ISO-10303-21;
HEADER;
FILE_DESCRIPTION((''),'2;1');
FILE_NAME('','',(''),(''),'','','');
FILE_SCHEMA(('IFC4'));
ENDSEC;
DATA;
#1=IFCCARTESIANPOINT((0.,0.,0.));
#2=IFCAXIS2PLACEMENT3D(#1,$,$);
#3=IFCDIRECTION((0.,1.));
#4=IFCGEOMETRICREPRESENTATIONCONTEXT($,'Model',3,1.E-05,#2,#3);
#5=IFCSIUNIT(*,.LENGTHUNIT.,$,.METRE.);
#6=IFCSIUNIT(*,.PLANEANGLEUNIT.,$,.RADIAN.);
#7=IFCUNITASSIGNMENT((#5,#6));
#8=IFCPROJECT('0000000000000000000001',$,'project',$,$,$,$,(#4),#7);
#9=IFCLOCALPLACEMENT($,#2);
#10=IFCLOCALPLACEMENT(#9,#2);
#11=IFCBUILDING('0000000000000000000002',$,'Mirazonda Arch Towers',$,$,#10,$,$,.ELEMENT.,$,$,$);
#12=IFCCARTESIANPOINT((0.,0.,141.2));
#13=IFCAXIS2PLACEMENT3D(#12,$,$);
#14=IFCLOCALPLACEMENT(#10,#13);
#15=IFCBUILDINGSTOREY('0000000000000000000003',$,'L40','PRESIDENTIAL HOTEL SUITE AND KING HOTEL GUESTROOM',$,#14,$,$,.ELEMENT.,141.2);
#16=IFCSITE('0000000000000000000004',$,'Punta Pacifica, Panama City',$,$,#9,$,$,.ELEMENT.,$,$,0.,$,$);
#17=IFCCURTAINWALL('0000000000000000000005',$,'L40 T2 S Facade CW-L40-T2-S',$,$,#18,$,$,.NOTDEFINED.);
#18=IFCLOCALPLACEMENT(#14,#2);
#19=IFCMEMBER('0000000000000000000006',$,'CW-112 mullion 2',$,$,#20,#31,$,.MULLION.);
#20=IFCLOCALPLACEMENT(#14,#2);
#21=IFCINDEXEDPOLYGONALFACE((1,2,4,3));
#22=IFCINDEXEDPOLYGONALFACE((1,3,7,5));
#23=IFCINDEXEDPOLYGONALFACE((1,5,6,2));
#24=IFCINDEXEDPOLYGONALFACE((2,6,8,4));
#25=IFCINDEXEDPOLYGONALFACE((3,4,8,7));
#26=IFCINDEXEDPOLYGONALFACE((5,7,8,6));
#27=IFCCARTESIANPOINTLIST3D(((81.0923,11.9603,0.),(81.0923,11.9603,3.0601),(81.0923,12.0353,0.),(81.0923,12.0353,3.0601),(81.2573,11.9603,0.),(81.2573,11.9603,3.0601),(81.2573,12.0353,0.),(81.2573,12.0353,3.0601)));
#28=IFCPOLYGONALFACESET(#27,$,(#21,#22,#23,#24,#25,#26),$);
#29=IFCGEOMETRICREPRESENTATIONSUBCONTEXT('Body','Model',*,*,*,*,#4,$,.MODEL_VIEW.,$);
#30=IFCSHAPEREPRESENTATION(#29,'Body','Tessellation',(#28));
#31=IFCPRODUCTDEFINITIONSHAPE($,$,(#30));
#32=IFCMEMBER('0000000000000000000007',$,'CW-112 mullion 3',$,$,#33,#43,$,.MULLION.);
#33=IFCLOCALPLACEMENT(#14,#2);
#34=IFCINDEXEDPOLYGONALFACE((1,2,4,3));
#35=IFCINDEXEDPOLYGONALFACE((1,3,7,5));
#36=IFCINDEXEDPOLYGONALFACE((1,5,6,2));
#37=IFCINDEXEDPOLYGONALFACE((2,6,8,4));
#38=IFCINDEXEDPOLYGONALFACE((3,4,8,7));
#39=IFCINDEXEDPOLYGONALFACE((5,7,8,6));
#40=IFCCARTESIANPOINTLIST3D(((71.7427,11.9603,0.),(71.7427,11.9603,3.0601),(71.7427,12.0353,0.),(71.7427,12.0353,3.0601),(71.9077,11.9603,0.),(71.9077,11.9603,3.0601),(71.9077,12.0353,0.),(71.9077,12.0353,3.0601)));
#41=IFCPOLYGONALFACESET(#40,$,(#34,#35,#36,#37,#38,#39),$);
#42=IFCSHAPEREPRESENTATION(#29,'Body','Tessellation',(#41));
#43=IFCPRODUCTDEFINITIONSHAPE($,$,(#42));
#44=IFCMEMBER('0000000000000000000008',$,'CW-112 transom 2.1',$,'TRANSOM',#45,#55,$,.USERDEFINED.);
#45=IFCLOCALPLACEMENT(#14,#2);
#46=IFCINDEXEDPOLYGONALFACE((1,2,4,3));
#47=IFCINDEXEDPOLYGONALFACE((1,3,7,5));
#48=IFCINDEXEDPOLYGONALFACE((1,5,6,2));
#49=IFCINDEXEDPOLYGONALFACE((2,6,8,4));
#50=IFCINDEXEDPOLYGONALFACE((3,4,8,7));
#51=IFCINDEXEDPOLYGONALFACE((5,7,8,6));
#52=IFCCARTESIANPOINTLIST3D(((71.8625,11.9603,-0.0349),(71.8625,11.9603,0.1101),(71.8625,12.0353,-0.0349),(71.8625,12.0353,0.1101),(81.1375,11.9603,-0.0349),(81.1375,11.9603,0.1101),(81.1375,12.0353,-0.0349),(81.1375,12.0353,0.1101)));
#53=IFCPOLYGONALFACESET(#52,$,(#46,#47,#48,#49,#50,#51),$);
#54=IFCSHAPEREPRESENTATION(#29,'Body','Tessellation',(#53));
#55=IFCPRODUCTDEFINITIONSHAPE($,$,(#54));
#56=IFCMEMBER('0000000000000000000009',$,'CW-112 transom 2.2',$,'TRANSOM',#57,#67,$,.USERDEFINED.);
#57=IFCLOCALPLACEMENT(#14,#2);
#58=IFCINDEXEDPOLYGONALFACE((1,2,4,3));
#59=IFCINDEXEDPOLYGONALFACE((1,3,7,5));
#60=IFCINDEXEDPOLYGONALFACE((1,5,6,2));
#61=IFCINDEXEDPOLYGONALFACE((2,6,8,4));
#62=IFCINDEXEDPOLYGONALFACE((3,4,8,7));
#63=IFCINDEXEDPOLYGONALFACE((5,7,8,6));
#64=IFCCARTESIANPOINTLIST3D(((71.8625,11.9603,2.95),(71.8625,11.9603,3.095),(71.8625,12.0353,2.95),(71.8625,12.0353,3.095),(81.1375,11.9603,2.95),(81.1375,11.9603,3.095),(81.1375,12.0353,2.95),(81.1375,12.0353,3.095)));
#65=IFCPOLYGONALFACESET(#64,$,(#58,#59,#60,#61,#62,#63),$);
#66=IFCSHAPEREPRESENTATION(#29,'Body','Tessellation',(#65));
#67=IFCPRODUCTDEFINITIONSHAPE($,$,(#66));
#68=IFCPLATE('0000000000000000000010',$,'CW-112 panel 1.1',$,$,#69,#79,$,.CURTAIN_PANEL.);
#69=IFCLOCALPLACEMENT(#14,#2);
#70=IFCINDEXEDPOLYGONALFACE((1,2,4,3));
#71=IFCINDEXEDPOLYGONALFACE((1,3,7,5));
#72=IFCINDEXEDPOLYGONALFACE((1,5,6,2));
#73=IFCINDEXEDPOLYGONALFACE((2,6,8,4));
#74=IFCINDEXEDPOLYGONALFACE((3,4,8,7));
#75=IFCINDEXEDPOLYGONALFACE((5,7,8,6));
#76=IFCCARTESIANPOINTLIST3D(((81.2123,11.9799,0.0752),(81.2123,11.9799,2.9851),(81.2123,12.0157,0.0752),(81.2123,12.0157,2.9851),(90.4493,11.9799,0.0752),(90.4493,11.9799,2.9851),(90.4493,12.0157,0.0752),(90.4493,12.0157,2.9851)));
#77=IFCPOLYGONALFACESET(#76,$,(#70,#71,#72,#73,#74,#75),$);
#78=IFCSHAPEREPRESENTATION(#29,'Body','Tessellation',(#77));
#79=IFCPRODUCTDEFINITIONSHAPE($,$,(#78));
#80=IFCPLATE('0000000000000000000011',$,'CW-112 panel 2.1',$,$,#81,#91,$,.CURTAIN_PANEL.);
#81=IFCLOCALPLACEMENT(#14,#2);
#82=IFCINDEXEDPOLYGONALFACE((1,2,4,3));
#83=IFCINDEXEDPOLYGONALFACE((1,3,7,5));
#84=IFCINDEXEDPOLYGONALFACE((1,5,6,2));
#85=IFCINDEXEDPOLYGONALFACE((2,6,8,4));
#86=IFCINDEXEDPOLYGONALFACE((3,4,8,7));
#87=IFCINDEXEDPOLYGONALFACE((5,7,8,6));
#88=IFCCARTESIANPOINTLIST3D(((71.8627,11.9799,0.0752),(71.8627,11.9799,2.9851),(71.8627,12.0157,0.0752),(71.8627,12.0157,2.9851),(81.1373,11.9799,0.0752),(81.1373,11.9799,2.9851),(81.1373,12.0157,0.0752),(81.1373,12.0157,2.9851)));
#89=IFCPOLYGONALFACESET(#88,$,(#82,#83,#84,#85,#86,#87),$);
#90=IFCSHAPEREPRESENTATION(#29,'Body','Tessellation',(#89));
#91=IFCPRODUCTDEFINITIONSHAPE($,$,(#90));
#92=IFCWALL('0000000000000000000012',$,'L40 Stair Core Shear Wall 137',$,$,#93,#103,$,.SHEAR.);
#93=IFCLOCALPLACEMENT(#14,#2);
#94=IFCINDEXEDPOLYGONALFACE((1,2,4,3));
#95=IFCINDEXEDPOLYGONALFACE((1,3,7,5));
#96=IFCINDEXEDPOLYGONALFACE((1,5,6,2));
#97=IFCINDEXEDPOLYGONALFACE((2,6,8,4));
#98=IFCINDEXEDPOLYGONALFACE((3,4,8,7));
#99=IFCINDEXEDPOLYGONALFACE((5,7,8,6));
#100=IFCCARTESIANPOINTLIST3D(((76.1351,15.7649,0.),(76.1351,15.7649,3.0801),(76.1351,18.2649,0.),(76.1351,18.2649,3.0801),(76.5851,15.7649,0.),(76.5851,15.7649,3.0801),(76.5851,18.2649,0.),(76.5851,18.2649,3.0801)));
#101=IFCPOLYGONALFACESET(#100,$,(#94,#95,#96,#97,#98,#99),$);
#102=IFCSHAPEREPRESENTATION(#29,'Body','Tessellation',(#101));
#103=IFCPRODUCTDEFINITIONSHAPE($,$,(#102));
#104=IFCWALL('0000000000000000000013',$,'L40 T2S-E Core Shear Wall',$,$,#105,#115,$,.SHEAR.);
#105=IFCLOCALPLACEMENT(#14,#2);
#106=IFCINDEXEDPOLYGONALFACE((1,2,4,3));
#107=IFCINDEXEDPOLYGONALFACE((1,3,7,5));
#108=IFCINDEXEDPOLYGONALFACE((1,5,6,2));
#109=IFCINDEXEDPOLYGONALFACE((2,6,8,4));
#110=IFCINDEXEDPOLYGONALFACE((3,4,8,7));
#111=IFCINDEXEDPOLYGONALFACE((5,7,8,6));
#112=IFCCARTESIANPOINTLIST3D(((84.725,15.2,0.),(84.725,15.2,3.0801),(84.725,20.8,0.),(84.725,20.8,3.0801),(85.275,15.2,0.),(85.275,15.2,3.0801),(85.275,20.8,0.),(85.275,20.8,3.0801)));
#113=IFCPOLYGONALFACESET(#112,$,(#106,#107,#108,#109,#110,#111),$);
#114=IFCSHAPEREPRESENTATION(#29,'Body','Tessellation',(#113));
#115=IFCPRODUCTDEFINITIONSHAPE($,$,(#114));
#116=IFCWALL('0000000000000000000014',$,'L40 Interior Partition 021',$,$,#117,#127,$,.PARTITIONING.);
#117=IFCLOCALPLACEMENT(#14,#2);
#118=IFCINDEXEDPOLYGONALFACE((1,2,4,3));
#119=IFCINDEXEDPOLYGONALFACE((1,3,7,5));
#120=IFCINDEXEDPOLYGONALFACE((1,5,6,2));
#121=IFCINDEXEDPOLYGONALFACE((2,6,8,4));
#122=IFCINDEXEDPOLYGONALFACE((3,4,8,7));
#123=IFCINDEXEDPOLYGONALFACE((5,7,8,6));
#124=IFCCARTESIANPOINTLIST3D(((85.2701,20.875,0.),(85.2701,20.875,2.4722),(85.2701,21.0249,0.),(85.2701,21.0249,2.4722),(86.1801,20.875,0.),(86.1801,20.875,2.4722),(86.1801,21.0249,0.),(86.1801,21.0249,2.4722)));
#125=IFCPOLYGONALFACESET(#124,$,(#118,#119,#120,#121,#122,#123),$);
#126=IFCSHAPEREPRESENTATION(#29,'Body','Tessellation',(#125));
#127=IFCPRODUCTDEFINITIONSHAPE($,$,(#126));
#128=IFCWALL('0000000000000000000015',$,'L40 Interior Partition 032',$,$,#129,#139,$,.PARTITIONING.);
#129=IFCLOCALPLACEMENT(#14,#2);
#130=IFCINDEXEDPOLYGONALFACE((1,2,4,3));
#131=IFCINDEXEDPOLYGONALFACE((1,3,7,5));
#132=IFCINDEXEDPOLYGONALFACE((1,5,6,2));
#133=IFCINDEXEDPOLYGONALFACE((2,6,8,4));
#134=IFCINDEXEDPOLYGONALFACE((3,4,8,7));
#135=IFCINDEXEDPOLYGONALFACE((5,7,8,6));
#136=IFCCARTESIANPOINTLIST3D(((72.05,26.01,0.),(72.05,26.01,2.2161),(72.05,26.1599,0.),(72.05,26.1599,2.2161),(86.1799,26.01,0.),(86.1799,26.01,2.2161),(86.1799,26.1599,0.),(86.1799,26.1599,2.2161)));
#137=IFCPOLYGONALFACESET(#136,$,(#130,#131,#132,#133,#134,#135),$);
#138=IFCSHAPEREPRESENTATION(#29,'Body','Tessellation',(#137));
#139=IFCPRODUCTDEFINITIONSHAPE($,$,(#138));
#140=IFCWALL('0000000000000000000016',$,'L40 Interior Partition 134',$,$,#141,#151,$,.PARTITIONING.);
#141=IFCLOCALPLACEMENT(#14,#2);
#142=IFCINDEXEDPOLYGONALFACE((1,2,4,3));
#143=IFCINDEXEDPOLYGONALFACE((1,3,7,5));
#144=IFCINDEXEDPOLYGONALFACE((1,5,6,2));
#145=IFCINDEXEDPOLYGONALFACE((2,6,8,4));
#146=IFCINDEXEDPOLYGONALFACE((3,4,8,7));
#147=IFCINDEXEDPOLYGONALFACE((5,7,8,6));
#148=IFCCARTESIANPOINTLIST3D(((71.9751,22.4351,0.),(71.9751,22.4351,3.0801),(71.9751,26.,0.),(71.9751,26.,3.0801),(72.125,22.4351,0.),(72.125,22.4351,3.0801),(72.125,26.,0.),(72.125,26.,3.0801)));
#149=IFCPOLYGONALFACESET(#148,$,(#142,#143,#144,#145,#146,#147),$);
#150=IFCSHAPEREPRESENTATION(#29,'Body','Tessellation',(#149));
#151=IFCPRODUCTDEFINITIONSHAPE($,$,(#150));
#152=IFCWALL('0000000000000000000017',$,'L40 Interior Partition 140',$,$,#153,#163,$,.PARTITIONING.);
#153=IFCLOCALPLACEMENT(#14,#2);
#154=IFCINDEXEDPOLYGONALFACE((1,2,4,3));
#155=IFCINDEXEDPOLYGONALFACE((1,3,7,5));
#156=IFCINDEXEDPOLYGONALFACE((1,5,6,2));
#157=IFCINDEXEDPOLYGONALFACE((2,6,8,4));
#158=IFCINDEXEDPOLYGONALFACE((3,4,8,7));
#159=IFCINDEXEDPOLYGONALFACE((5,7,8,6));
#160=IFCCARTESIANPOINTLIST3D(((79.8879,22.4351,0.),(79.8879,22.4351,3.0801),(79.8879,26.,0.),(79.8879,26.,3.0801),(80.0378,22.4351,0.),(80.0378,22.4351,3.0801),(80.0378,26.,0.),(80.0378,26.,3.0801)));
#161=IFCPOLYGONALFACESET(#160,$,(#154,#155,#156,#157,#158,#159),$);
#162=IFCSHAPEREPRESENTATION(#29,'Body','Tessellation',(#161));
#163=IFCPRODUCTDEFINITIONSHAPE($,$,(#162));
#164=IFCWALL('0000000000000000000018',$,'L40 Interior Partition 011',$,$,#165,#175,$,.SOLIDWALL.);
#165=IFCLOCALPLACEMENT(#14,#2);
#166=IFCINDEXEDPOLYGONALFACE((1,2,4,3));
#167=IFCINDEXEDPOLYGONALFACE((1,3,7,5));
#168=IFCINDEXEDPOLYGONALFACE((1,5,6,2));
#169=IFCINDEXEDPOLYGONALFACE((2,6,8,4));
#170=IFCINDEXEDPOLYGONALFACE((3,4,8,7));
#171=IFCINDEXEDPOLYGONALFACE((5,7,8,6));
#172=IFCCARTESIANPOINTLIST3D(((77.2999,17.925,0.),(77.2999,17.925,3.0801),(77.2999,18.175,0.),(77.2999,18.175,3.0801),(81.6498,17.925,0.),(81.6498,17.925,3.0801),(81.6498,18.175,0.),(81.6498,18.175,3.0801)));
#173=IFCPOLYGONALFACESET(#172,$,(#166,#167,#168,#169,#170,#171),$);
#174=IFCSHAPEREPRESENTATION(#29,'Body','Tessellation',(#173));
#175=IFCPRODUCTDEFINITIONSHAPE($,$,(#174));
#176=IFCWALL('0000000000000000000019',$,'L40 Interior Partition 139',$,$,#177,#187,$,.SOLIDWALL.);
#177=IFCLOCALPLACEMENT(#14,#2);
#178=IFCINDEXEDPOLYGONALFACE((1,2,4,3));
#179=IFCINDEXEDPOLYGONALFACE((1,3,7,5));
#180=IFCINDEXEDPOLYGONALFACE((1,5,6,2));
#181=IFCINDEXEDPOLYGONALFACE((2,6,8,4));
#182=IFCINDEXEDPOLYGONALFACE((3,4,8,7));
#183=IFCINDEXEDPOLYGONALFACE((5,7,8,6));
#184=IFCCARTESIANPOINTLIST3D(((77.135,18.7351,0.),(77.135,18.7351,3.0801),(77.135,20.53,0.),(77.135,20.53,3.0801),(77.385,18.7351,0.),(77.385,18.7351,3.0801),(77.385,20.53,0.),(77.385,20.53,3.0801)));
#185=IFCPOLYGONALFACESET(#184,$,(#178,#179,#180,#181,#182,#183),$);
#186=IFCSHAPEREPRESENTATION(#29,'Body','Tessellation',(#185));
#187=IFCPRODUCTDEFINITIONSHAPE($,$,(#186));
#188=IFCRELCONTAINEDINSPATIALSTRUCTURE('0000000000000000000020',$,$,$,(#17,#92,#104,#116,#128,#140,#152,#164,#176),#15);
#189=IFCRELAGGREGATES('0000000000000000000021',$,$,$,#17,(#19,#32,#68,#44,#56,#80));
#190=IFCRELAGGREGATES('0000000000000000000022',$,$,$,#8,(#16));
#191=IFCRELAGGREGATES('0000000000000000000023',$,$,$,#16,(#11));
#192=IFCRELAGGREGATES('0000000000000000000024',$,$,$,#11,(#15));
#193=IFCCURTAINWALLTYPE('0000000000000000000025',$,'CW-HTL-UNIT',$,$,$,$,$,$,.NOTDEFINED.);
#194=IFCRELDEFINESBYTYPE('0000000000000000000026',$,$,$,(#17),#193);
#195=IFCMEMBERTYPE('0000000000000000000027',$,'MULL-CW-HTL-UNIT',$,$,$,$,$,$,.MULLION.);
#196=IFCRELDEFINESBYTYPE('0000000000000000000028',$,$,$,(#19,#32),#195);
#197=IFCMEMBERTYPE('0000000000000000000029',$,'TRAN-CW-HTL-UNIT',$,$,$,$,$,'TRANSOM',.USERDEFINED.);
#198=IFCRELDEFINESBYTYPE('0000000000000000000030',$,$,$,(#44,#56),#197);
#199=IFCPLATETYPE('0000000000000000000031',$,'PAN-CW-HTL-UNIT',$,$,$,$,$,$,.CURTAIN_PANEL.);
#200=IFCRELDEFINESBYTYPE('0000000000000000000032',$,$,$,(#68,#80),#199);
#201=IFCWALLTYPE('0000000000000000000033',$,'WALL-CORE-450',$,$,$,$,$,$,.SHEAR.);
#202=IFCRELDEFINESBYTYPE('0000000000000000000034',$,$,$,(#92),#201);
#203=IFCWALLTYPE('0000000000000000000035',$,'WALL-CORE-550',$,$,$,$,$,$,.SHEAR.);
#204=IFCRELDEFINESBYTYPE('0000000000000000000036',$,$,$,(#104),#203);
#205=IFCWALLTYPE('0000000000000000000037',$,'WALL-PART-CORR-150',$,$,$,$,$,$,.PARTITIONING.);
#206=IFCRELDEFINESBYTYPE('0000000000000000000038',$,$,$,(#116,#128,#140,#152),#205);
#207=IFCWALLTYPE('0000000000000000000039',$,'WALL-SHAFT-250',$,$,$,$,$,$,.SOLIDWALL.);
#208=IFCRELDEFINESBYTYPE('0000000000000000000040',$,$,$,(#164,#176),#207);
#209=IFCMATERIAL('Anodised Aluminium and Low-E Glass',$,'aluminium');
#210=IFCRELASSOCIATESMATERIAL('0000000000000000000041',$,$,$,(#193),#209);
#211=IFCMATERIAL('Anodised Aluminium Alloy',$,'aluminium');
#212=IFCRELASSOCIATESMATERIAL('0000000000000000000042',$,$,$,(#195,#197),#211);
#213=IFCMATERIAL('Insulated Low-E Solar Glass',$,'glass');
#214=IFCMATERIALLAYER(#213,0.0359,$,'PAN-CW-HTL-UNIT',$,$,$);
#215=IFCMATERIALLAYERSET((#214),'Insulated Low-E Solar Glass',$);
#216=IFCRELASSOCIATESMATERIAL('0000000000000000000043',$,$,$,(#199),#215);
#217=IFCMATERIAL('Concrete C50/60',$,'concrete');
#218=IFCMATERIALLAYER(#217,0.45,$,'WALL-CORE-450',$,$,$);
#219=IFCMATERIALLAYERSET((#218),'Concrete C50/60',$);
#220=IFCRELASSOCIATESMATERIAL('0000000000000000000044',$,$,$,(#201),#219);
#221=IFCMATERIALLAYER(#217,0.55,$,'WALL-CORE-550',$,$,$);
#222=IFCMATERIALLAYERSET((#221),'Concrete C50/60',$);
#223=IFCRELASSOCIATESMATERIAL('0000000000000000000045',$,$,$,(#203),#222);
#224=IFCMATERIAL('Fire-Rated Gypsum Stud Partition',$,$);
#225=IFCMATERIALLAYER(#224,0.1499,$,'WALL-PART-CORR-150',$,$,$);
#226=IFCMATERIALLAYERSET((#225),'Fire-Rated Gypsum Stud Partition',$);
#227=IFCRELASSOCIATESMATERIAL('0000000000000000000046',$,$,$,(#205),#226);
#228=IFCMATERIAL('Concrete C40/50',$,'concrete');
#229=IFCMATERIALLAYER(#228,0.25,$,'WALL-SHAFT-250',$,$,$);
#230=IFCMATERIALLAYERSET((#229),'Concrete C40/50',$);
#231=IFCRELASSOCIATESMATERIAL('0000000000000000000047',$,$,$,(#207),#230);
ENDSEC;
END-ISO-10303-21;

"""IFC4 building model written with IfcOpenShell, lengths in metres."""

from ifc_helpers import new_model, si_unit, direction, frame, frame_2d, origin, origin_2d, place, context, subcontext, project, spatial, rectangle, extrude, material, layer, layer_set, material_profile, profile_set, type_object, element, aggregate, save


model = new_model("IFC4")

# Units and contexts
model_context = context("Model", 3, precision=1e-05, world=origin(), true_north=direction((0.0, 1.0)))
body_context = subcontext(model_context, "Body", "Model", "MODEL_VIEW")
ifc_project = project(units=[si_unit("LENGTHUNIT", "METRE"), si_unit("PLANEANGLEUNIT", "RADIAN")], contexts=[model_context])

# Site, building, storey
site_placement = place(None, origin())
site = spatial("IfcSite", under=ifc_project, at=site_placement, Name="Punta Pacifica, Panama City", CompositionType="ELEMENT", RefElevation=0.0)
building_placement = place(site_placement, origin())
building = spatial("IfcBuilding", under=site, at=building_placement, Name="Mirazonda Arch Towers", CompositionType="ELEMENT")
storey_placement = place(building_placement, frame((0.0, 0.0, 141.2)))
storey = spatial("IfcBuildingStorey", under=building, at=storey_placement, Name="L40", Description="PRESIDENTIAL HOTEL SUITE AND KING HOTEL GUESTROOM", CompositionType="ELEMENT", Elevation=141.2)

# Shared definitions
ifc_material_1 = material(Name="Concrete C50/60", Category="concrete")

# Curtain wall, members, plates
ifc_material_2 = material(Name="Anodised Aluminium and Low-E Glass", Category="aluminium")
curtain_wall_type = type_object("IfcCurtainWallType", Name="CW-HTL-UNIT", PredefinedType="NOTDEFINED", material=ifc_material_2)
curtain_wall_placement = place(storey_placement, origin())
curtain_wall = element("IfcCurtainWall", 1, at=curtain_wall_placement, inside=storey, type_object=curtain_wall_type, Name="L40 T2 S Facade CW-L40-T2-S", PredefinedType="NOTDEFINED")
ifc_material_3 = material(Name="Anodised Aluminium Alloy", Category="aluminium")
ifc_material_profile_1 = material_profile(ifc_material_3, rectangle(XDim=0.075, YDim=0.165, at=origin_2d()), Name="ALU-MULL-75x165")
ifc_profile_set_1 = profile_set([ifc_material_profile_1], Name="Anodised Aluminium Alloy")
member_type_1 = type_object("IfcMemberType", Name="MULL-CW-HTL-UNIT", PredefinedType="MULLION", material=ifc_profile_set_1)
member_1_placement = place(storey_placement, frame((81.1748, 11.9978, 0.0), z_axis=(0.0, 0.0, 1.0), x_axis=(0.0, -1.0, 0.0)))
member_1 = element("IfcMember", 2, at=member_1_placement, type_object=member_type_1, Name="CW-112 mullion 2", PredefinedType="MULLION", context=body_context, shape_type="SweptSolid", body=[
    extrude(rectangle(XDim=0.075, YDim=0.165, at=origin_2d()), origin(), (0.0, 0.0, 1.0), 3.0601),
])
member_2_placement = place(storey_placement, frame((71.8252, 11.9978, 0.0), z_axis=(0.0, 0.0, 1.0), x_axis=(0.0, -1.0, 0.0)))
member_2 = element("IfcMember", 3, at=member_2_placement, type_object=member_type_1, Name="CW-112 mullion 3", PredefinedType="MULLION", context=body_context, shape_type="SweptSolid", body=[
    extrude(rectangle(XDim=0.075, YDim=0.165, at=origin_2d()), origin(), (0.0, 0.0, 1.0), 3.0601),
])
ifc_material_profile_2 = material_profile(ifc_material_3, rectangle(XDim=0.075, YDim=0.145, at=origin_2d()), Name="ALU-TRAN-75x145")
ifc_profile_set_2 = profile_set([ifc_material_profile_2], Name="Anodised Aluminium Alloy")
member_type_2 = type_object("IfcMemberType", Name="TRAN-CW-HTL-UNIT", ElementType="TRANSOM", PredefinedType="USERDEFINED", material=ifc_profile_set_2)
member_3_placement = place(storey_placement, frame((81.1375, 11.9978, 0.0376), z_axis=(-1.0, 0.0, 0.0), x_axis=(0.0, -1.0, 0.0)))
member_3 = element("IfcMember", 4, at=member_3_placement, type_object=member_type_2, Name="CW-112 transom 2.1", ObjectType="TRANSOM", PredefinedType="USERDEFINED", context=body_context, shape_type="SweptSolid", body=[
    extrude(rectangle(XDim=0.075, YDim=0.145, at=origin_2d()), origin(), (0.0, 0.0, 1.0), 9.2749),
])
member_4_placement = place(storey_placement, frame((81.1375, 11.9978, 3.0225), z_axis=(-1.0, 0.0, 0.0), x_axis=(0.0, -1.0, 0.0)))
member_4 = element("IfcMember", 5, at=member_4_placement, type_object=member_type_2, Name="CW-112 transom 2.2", ObjectType="TRANSOM", PredefinedType="USERDEFINED", context=body_context, shape_type="SweptSolid", body=[
    extrude(rectangle(XDim=0.075, YDim=0.145, at=origin_2d()), origin(), (0.0, 0.0, 1.0), 9.2749),
])
ifc_material_4 = material(Name="Insulated Low-E Solar Glass", Category="glass")
ifc_layer_1 = layer(ifc_material_4, 0.0359, Name="PAN-CW-HTL-UNIT")
ifc_layer_set_1 = layer_set([ifc_layer_1], Name="Insulated Low-E Solar Glass")
plate_type = type_object("IfcPlateType", Name="PAN-CW-HTL-UNIT", PredefinedType="CURTAIN_PANEL", material=ifc_layer_set_1)
plate_1_placement = place(storey_placement, frame((85.8308, 11.9978, 0.0752), z_axis=(0.0, 0.0, 1.0), x_axis=(-1.0, 0.0, 0.0)))
plate_1 = element("IfcPlate", 6, at=plate_1_placement, type_object=plate_type, Name="CW-112 panel 1.1", PredefinedType="CURTAIN_PANEL", context=body_context, shape_type="SweptSolid", body=[
    extrude(rectangle(XDim=9.2371, YDim=0.0359, at=origin_2d()), origin(), (0.0, 0.0, 1.0), 2.9099),
])
plate_2_placement = place(storey_placement, frame((76.5, 11.9978, 0.0752), z_axis=(0.0, 0.0, 1.0), x_axis=(-1.0, 0.0, 0.0)))
plate_2 = element("IfcPlate", 7, at=plate_2_placement, type_object=plate_type, Name="CW-112 panel 2.1", PredefinedType="CURTAIN_PANEL", context=body_context, shape_type="SweptSolid", body=[
    extrude(rectangle(XDim=9.2747, YDim=0.0359, at=origin_2d()), origin(), (0.0, 0.0, 1.0), 2.9099),
])
aggregate(curtain_wall, [member_1, member_2, plate_1, member_3, member_4, plate_2])

# Walls
ifc_layer_2 = layer(ifc_material_1, 0.45, Name="WALL-CORE-450")
ifc_layer_set_2 = layer_set([ifc_layer_2], Name="Concrete C50/60")
wall_type_1 = type_object("IfcWallType", Name="WALL-CORE-450", PredefinedType="SHEAR", material=ifc_layer_set_2)
wall_1_placement = place(storey_placement, frame((76.3601, 15.7649, 0.0), z_axis=(0.0, 0.0, 1.0), x_axis=(0.0, 1.0, 0.0)))
element("IfcWall", 8, at=wall_1_placement, inside=storey, type_object=wall_type_1, Name="L40 Stair Core Shear Wall 137", PredefinedType="SHEAR", context=body_context, shape_type="SweptSolid", body=[
    extrude(rectangle(XDim=2.5, YDim=0.45, at=frame_2d((1.25, 0.0))), origin(), (0.0, 0.0, 1.0), 3.0801),
])
ifc_layer_3 = layer(ifc_material_1, 0.55, Name="WALL-CORE-550")
ifc_layer_set_3 = layer_set([ifc_layer_3], Name="Concrete C50/60")
wall_type_2 = type_object("IfcWallType", Name="WALL-CORE-550", PredefinedType="SHEAR", material=ifc_layer_set_3)
wall_2_placement = place(storey_placement, frame((85.0, 15.2, 0.0), z_axis=(0.0, 0.0, 1.0), x_axis=(0.0, 1.0, 0.0)))
element("IfcWall", 9, at=wall_2_placement, inside=storey, type_object=wall_type_2, Name="L40 T2S-E Core Shear Wall", PredefinedType="SHEAR", context=body_context, shape_type="SweptSolid", body=[
    extrude(rectangle(XDim=5.6001, YDim=0.55, at=frame_2d((2.8, 0.0))), origin(), (0.0, 0.0, 1.0), 3.0801),
])
ifc_material_5 = material(Name="Fire-Rated Gypsum Stud Partition")
ifc_layer_4 = layer(ifc_material_5, 0.1499, Name="WALL-PART-CORR-150")
ifc_layer_set_4 = layer_set([ifc_layer_4], Name="Fire-Rated Gypsum Stud Partition")
wall_type_3 = type_object("IfcWallType", Name="WALL-PART-CORR-150", PredefinedType="PARTITIONING", material=ifc_layer_set_4)
wall_3_placement = place(storey_placement, frame((85.27, 20.95, 0.0), z_axis=(0.0, 0.0, 1.0), x_axis=(1.0, 0.0, 0.0)))
element("IfcWall", 10, at=wall_3_placement, inside=storey, type_object=wall_type_3, Name="L40 Interior Partition 021", PredefinedType="PARTITIONING", context=body_context, shape_type="SweptSolid", body=[
    extrude(rectangle(XDim=0.9099, YDim=0.1499, at=frame_2d((0.4551, 0.0))), origin(), (0.0, 0.0, 1.0), 2.4722),
])
wall_4_placement = place(storey_placement, frame((72.05, 26.085, 0.0), z_axis=(0.0, 0.0, 1.0), x_axis=(1.0, 0.0, 0.0)))
element("IfcWall", 11, at=wall_4_placement, inside=storey, type_object=wall_type_3, Name="L40 Interior Partition 032", PredefinedType="PARTITIONING", context=body_context, shape_type="SweptSolid", body=[
    extrude(rectangle(XDim=14.1299, YDim=0.1499, at=frame_2d((7.0649, 0.0))), origin(), (0.0, 0.0, 1.0), 2.2161),
])
for number, where, z_axis, x_axis, name in (
    (12, (72.05, 22.4351, 0.0), (0.0, 0.0, 1.0), (0.0, 1.0, 0.0), "L40 Interior Partition 134"),
    (13, (79.9629, 22.4351, 0.0), (0.0, 0.0, 1.0), (0.0, 1.0, 0.0), "L40 Interior Partition 140"),
):
    element("IfcWall", number, at=place(storey_placement, frame(where, z_axis=z_axis, x_axis=x_axis)), inside=storey, type_object=wall_type_3, Name=name, PredefinedType="PARTITIONING", context=body_context, shape_type="SweptSolid", body=[
        extrude(rectangle(XDim=3.5649, YDim=0.1499, at=frame_2d((1.7825, 0.0))), origin(), (0.0, 0.0, 1.0), 3.0801),
    ])
ifc_material_6 = material(Name="Concrete C40/50", Category="concrete")
ifc_layer_5 = layer(ifc_material_6, 0.25, Name="WALL-SHAFT-250")
ifc_layer_set_5 = layer_set([ifc_layer_5], Name="Concrete C40/50")
wall_type_4 = type_object("IfcWallType", Name="WALL-SHAFT-250", PredefinedType="SOLIDWALL", material=ifc_layer_set_5)
wall_5_placement = place(storey_placement, frame((77.3, 18.05, 0.0), z_axis=(0.0, 0.0, 1.0), x_axis=(1.0, 0.0, 0.0)))
element("IfcWall", 14, at=wall_5_placement, inside=storey, type_object=wall_type_4, Name="L40 Interior Partition 011", PredefinedType="SOLIDWALL", context=body_context, shape_type="SweptSolid", body=[
    extrude(rectangle(XDim=4.3499, YDim=0.25, at=frame_2d((2.1748, 0.0))), origin(), (0.0, 0.0, 1.0), 3.0801),
])
wall_6_placement = place(storey_placement, frame((77.26, 18.7351, 0.0), z_axis=(0.0, 0.0, 1.0), x_axis=(0.0, 1.0, 0.0)))
element("IfcWall", 15, at=wall_6_placement, inside=storey, type_object=wall_type_4, Name="L40 Interior Partition 139", PredefinedType="SOLIDWALL", context=body_context, shape_type="SweptSolid", body=[
    extrude(rectangle(XDim=1.7949, YDim=0.25, at=frame_2d((0.8975, 0.0))), origin(), (0.0, 0.0, 1.0), 3.0801),
])

save(model, "model.ifc")
